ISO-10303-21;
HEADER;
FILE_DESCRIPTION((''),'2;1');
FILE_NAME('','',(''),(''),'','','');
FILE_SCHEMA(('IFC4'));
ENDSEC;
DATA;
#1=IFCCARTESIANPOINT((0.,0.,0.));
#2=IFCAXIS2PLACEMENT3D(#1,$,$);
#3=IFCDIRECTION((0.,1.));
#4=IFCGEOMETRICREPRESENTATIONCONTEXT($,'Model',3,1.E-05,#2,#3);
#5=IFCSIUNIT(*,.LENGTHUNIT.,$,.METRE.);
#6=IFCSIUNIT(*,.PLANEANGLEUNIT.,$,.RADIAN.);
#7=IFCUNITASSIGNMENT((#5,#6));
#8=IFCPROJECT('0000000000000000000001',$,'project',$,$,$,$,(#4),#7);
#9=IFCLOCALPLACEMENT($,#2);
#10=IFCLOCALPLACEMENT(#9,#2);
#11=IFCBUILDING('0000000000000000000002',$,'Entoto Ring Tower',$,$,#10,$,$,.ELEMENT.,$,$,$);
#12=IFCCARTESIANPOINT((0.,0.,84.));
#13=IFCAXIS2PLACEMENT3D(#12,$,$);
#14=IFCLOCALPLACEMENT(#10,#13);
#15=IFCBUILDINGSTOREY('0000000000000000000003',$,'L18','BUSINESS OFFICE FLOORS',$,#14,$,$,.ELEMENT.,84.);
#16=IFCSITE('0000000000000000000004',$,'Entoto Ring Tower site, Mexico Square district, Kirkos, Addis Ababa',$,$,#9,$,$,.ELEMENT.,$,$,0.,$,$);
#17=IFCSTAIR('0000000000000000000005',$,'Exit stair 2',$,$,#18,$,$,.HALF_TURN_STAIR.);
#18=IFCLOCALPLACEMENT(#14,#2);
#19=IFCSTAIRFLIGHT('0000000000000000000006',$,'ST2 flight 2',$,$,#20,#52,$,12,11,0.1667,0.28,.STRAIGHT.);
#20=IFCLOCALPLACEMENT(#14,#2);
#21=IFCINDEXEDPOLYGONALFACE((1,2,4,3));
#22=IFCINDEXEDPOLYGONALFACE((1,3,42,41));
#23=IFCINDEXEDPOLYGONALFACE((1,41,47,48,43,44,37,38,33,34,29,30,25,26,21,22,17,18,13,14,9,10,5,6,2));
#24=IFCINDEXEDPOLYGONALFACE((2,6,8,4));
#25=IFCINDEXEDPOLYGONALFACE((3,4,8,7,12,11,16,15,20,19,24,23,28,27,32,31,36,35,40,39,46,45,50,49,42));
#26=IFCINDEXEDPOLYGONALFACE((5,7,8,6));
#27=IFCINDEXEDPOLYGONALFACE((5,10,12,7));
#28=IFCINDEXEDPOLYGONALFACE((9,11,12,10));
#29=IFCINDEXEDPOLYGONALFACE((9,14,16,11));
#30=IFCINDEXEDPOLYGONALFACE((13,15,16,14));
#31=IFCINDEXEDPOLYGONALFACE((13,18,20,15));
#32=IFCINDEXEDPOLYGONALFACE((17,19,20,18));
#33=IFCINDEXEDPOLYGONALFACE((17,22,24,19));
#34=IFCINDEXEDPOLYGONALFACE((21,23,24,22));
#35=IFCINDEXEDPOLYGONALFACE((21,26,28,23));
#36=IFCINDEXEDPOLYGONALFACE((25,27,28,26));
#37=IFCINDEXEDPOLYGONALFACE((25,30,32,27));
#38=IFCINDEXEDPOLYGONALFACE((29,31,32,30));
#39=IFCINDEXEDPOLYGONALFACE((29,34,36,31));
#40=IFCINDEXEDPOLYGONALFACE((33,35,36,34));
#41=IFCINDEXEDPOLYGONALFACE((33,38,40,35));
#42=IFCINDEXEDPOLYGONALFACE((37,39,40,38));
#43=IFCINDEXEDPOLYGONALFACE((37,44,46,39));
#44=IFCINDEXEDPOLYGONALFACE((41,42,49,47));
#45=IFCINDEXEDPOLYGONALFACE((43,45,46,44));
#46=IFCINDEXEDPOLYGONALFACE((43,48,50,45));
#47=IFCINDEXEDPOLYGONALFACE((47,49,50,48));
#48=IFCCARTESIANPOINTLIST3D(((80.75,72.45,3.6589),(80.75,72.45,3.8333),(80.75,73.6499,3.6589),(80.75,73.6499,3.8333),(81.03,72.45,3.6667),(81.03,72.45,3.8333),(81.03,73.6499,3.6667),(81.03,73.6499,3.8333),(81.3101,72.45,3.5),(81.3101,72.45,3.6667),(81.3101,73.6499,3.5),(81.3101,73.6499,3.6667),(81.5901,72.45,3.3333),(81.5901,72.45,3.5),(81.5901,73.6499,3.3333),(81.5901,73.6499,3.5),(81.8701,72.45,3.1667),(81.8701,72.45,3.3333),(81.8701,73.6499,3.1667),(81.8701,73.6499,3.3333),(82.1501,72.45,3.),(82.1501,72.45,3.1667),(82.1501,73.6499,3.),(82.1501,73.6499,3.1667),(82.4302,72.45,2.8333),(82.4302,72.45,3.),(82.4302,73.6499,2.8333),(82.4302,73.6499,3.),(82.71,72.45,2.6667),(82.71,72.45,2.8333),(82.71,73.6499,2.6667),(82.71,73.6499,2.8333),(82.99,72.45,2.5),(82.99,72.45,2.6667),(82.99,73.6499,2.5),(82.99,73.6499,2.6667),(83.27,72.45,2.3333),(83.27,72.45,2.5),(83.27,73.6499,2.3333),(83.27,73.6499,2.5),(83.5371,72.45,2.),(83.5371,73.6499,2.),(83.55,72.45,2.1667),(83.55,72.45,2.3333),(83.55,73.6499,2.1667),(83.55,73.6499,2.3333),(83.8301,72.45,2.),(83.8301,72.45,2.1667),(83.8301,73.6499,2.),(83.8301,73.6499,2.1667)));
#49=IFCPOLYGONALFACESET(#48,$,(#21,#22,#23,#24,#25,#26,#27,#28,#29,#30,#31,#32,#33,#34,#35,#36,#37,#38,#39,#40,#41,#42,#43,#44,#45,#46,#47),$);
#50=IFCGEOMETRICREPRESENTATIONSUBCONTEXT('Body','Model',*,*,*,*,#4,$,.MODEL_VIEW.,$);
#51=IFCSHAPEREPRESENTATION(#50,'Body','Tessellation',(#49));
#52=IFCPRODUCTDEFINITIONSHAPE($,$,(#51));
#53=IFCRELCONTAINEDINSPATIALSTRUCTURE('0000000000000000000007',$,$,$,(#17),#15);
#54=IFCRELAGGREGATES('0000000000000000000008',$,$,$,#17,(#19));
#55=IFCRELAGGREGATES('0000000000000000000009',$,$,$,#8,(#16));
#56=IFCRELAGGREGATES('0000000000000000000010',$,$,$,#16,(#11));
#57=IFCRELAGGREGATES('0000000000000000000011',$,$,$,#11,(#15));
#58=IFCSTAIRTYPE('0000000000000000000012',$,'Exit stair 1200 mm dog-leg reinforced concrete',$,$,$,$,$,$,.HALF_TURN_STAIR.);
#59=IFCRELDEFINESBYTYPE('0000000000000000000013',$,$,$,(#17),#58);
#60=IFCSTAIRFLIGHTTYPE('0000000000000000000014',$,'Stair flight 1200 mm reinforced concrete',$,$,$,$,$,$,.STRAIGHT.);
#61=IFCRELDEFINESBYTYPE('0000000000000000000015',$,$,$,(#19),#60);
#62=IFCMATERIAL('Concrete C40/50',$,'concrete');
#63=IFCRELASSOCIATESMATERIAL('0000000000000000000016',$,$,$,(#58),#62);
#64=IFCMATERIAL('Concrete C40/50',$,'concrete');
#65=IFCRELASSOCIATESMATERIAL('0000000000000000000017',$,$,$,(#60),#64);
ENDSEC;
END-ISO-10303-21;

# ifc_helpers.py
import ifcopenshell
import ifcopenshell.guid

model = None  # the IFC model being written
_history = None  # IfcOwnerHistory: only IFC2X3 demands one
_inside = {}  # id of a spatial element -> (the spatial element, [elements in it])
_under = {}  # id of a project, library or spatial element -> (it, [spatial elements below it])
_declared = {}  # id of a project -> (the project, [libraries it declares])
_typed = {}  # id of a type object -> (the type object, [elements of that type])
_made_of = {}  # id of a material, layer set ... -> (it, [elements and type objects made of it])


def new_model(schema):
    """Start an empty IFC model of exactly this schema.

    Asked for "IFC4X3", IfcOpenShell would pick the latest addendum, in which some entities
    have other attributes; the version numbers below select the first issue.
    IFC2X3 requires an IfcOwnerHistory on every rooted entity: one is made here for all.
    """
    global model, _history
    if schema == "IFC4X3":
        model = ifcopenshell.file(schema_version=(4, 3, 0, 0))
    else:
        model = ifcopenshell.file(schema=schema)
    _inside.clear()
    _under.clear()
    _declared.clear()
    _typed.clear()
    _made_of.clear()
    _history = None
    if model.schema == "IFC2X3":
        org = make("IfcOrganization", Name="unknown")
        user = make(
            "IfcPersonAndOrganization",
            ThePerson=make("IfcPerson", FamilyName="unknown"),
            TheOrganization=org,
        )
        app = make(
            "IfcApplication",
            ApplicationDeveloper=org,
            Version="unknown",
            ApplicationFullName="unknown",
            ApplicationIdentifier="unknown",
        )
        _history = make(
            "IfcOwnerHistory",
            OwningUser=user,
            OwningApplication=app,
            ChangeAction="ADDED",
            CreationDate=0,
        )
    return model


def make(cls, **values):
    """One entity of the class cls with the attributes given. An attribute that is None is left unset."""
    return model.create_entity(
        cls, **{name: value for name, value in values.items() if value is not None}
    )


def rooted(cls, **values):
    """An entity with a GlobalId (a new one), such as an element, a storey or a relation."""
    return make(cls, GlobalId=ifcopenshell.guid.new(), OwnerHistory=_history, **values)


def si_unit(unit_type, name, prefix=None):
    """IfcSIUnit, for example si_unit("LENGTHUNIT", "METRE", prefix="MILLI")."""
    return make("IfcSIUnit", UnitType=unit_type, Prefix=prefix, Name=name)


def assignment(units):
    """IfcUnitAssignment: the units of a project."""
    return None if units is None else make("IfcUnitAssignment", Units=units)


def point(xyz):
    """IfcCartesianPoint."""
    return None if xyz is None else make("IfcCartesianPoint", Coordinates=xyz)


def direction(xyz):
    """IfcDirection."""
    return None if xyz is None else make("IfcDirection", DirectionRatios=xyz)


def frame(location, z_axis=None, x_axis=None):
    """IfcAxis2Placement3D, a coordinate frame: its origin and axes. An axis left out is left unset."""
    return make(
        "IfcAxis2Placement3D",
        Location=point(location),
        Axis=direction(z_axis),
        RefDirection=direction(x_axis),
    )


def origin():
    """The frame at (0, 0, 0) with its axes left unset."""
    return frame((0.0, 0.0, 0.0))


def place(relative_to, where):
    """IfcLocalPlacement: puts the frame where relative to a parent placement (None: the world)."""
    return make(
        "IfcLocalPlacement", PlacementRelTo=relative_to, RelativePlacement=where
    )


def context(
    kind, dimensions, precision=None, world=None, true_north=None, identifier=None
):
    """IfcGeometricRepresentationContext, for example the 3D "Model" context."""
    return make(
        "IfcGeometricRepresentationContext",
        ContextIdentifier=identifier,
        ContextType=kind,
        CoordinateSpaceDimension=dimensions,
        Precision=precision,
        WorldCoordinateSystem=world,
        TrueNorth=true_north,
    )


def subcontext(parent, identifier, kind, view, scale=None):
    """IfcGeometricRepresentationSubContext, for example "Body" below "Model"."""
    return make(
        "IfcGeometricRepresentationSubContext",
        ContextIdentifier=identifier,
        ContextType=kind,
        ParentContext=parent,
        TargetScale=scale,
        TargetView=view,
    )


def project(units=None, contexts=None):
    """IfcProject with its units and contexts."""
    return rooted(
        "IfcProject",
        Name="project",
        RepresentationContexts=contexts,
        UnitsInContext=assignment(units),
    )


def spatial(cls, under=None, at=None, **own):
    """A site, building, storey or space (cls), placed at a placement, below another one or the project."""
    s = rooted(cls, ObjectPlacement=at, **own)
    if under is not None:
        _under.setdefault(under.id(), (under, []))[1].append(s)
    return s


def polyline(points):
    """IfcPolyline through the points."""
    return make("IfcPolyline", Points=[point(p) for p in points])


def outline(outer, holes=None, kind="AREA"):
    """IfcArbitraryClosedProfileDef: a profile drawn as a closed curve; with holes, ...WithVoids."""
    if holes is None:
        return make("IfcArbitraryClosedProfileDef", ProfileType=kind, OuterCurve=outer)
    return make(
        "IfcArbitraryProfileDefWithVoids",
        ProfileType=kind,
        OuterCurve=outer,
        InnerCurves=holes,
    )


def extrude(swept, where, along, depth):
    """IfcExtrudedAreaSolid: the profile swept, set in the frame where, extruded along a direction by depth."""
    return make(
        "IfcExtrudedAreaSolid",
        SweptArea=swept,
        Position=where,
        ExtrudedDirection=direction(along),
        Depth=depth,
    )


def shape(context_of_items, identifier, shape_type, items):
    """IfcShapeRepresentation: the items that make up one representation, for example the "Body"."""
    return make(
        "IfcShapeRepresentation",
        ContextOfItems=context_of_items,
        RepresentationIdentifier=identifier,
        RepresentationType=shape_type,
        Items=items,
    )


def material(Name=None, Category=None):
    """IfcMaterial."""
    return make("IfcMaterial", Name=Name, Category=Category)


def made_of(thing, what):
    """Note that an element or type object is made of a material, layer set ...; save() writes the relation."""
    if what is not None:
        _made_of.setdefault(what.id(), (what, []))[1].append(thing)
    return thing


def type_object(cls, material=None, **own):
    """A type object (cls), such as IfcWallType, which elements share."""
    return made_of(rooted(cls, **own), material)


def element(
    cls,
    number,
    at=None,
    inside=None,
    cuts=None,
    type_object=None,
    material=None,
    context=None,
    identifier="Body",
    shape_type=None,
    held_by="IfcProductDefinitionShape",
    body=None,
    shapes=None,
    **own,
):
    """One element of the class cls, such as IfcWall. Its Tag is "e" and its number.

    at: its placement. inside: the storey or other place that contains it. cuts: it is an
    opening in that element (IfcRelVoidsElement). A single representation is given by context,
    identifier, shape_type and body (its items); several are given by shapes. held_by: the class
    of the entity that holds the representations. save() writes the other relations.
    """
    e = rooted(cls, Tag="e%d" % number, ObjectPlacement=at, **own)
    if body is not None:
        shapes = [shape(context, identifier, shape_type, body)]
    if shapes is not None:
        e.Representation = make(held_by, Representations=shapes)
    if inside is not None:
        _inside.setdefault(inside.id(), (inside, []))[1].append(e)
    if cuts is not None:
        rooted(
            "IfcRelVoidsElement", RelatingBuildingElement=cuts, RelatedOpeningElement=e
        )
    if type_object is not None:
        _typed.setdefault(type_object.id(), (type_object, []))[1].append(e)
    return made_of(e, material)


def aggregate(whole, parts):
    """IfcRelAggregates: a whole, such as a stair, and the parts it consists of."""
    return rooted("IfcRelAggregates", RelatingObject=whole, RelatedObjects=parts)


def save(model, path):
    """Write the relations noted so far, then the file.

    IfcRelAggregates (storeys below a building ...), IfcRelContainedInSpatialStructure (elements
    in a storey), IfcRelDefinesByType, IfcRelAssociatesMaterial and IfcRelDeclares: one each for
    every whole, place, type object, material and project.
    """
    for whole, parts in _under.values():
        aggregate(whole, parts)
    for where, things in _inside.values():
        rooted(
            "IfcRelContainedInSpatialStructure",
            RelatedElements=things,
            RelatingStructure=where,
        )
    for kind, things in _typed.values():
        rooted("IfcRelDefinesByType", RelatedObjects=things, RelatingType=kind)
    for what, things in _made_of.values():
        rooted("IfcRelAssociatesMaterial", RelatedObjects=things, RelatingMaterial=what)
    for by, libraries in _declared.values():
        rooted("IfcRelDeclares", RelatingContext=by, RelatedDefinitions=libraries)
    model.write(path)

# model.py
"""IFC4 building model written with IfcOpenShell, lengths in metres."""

from ifc_helpers import new_model, si_unit, direction, frame, origin, place, context, subcontext, project, spatial, polyline, outline, extrude, material, type_object, element, aggregate, save


model = new_model("IFC4")

# Units and contexts
model_context = context("Model", 3, precision=1e-05, world=origin(), true_north=direction((0.0, 1.0)))
body_context = subcontext(model_context, "Body", "Model", "MODEL_VIEW")
ifc_project = project(units=[si_unit("LENGTHUNIT", "METRE"), si_unit("PLANEANGLEUNIT", "RADIAN")], contexts=[model_context])

# Site, building, storey
site_placement = place(None, origin())
site = spatial("IfcSite", under=ifc_project, at=site_placement, Name="Entoto Ring Tower site, Mexico Square district, Kirkos, Addis Ababa", CompositionType="ELEMENT", RefElevation=0.0)
building_placement = place(site_placement, origin())
building = spatial("IfcBuilding", under=site, at=building_placement, Name="Entoto Ring Tower", CompositionType="ELEMENT")
storey_placement = place(building_placement, frame((0.0, 0.0, 84.0)))
storey = spatial("IfcBuildingStorey", under=building, at=storey_placement, Name="L18", Description="BUSINESS OFFICE FLOORS", CompositionType="ELEMENT", Elevation=84.0)

# Stair, stair flight
ifc_material_1 = material(Name="Concrete C40/50", Category="concrete")
stair_type = type_object("IfcStairType", Name="Exit stair 1200 mm dog-leg reinforced concrete", PredefinedType="HALF_TURN_STAIR", material=ifc_material_1)
stair_placement = place(storey_placement, origin())
stair = element("IfcStair", 1, at=stair_placement, inside=storey, type_object=stair_type, Name="Exit stair 2", PredefinedType="HALF_TURN_STAIR")
ifc_material_2 = material(Name="Concrete C40/50", Category="concrete")
stair_flight_type = type_object("IfcStairFlightType", Name="Stair flight 1200 mm reinforced concrete", PredefinedType="STRAIGHT", material=ifc_material_2)
stair_flight_1_placement = place(storey_placement, frame((83.8301, 73.05, 2.0), z_axis=(0.0, 0.0, 1.0), x_axis=(-1.0, 0.0, 0.0)))
stair_flight_1 = element("IfcStairFlight", 2, at=stair_flight_1_placement, type_object=stair_flight_type, Name="ST2 flight 2", NumberOfRisers=12, NumberOfTreads=11, PredefinedType="STRAIGHT", RiserHeight=0.1667, TreadLength=0.28, context=body_context, shape_type="SweptSolid", body=[
    extrude(outline(polyline([(0.0, 0.0), (0.0, 0.1667), (0.28, 0.1667), (0.28, 0.3333), (0.5601, 0.3333), (0.5601, 0.5), (0.8401, 0.5), (0.8401, 0.6667), (1.1201, 0.6667), (1.1201, 0.8333), (1.3999, 0.8333), (1.3999, 1.0), (1.6799, 1.0), (1.6799, 1.1667), (1.96, 1.1667), (1.96, 1.3333), (2.24, 1.3333), (2.24, 1.5), (2.52, 1.5), (2.52, 1.6667), (2.8, 1.6667), (2.8, 1.8333), (3.0801, 1.8333), (3.0801, 2.0), (3.0801, 1.6589), (0.293, 0.0), (0.0, 0.0)])), frame((0.0, 0.6001, 0.0), z_axis=(0.0, -1.0, 0.0), x_axis=(1.0, 0.0, 0.0)), (0.0, 0.0, 1.0), 1.2),
])
aggregate(stair, [stair_flight_1])

save(model, "model.ifc")
